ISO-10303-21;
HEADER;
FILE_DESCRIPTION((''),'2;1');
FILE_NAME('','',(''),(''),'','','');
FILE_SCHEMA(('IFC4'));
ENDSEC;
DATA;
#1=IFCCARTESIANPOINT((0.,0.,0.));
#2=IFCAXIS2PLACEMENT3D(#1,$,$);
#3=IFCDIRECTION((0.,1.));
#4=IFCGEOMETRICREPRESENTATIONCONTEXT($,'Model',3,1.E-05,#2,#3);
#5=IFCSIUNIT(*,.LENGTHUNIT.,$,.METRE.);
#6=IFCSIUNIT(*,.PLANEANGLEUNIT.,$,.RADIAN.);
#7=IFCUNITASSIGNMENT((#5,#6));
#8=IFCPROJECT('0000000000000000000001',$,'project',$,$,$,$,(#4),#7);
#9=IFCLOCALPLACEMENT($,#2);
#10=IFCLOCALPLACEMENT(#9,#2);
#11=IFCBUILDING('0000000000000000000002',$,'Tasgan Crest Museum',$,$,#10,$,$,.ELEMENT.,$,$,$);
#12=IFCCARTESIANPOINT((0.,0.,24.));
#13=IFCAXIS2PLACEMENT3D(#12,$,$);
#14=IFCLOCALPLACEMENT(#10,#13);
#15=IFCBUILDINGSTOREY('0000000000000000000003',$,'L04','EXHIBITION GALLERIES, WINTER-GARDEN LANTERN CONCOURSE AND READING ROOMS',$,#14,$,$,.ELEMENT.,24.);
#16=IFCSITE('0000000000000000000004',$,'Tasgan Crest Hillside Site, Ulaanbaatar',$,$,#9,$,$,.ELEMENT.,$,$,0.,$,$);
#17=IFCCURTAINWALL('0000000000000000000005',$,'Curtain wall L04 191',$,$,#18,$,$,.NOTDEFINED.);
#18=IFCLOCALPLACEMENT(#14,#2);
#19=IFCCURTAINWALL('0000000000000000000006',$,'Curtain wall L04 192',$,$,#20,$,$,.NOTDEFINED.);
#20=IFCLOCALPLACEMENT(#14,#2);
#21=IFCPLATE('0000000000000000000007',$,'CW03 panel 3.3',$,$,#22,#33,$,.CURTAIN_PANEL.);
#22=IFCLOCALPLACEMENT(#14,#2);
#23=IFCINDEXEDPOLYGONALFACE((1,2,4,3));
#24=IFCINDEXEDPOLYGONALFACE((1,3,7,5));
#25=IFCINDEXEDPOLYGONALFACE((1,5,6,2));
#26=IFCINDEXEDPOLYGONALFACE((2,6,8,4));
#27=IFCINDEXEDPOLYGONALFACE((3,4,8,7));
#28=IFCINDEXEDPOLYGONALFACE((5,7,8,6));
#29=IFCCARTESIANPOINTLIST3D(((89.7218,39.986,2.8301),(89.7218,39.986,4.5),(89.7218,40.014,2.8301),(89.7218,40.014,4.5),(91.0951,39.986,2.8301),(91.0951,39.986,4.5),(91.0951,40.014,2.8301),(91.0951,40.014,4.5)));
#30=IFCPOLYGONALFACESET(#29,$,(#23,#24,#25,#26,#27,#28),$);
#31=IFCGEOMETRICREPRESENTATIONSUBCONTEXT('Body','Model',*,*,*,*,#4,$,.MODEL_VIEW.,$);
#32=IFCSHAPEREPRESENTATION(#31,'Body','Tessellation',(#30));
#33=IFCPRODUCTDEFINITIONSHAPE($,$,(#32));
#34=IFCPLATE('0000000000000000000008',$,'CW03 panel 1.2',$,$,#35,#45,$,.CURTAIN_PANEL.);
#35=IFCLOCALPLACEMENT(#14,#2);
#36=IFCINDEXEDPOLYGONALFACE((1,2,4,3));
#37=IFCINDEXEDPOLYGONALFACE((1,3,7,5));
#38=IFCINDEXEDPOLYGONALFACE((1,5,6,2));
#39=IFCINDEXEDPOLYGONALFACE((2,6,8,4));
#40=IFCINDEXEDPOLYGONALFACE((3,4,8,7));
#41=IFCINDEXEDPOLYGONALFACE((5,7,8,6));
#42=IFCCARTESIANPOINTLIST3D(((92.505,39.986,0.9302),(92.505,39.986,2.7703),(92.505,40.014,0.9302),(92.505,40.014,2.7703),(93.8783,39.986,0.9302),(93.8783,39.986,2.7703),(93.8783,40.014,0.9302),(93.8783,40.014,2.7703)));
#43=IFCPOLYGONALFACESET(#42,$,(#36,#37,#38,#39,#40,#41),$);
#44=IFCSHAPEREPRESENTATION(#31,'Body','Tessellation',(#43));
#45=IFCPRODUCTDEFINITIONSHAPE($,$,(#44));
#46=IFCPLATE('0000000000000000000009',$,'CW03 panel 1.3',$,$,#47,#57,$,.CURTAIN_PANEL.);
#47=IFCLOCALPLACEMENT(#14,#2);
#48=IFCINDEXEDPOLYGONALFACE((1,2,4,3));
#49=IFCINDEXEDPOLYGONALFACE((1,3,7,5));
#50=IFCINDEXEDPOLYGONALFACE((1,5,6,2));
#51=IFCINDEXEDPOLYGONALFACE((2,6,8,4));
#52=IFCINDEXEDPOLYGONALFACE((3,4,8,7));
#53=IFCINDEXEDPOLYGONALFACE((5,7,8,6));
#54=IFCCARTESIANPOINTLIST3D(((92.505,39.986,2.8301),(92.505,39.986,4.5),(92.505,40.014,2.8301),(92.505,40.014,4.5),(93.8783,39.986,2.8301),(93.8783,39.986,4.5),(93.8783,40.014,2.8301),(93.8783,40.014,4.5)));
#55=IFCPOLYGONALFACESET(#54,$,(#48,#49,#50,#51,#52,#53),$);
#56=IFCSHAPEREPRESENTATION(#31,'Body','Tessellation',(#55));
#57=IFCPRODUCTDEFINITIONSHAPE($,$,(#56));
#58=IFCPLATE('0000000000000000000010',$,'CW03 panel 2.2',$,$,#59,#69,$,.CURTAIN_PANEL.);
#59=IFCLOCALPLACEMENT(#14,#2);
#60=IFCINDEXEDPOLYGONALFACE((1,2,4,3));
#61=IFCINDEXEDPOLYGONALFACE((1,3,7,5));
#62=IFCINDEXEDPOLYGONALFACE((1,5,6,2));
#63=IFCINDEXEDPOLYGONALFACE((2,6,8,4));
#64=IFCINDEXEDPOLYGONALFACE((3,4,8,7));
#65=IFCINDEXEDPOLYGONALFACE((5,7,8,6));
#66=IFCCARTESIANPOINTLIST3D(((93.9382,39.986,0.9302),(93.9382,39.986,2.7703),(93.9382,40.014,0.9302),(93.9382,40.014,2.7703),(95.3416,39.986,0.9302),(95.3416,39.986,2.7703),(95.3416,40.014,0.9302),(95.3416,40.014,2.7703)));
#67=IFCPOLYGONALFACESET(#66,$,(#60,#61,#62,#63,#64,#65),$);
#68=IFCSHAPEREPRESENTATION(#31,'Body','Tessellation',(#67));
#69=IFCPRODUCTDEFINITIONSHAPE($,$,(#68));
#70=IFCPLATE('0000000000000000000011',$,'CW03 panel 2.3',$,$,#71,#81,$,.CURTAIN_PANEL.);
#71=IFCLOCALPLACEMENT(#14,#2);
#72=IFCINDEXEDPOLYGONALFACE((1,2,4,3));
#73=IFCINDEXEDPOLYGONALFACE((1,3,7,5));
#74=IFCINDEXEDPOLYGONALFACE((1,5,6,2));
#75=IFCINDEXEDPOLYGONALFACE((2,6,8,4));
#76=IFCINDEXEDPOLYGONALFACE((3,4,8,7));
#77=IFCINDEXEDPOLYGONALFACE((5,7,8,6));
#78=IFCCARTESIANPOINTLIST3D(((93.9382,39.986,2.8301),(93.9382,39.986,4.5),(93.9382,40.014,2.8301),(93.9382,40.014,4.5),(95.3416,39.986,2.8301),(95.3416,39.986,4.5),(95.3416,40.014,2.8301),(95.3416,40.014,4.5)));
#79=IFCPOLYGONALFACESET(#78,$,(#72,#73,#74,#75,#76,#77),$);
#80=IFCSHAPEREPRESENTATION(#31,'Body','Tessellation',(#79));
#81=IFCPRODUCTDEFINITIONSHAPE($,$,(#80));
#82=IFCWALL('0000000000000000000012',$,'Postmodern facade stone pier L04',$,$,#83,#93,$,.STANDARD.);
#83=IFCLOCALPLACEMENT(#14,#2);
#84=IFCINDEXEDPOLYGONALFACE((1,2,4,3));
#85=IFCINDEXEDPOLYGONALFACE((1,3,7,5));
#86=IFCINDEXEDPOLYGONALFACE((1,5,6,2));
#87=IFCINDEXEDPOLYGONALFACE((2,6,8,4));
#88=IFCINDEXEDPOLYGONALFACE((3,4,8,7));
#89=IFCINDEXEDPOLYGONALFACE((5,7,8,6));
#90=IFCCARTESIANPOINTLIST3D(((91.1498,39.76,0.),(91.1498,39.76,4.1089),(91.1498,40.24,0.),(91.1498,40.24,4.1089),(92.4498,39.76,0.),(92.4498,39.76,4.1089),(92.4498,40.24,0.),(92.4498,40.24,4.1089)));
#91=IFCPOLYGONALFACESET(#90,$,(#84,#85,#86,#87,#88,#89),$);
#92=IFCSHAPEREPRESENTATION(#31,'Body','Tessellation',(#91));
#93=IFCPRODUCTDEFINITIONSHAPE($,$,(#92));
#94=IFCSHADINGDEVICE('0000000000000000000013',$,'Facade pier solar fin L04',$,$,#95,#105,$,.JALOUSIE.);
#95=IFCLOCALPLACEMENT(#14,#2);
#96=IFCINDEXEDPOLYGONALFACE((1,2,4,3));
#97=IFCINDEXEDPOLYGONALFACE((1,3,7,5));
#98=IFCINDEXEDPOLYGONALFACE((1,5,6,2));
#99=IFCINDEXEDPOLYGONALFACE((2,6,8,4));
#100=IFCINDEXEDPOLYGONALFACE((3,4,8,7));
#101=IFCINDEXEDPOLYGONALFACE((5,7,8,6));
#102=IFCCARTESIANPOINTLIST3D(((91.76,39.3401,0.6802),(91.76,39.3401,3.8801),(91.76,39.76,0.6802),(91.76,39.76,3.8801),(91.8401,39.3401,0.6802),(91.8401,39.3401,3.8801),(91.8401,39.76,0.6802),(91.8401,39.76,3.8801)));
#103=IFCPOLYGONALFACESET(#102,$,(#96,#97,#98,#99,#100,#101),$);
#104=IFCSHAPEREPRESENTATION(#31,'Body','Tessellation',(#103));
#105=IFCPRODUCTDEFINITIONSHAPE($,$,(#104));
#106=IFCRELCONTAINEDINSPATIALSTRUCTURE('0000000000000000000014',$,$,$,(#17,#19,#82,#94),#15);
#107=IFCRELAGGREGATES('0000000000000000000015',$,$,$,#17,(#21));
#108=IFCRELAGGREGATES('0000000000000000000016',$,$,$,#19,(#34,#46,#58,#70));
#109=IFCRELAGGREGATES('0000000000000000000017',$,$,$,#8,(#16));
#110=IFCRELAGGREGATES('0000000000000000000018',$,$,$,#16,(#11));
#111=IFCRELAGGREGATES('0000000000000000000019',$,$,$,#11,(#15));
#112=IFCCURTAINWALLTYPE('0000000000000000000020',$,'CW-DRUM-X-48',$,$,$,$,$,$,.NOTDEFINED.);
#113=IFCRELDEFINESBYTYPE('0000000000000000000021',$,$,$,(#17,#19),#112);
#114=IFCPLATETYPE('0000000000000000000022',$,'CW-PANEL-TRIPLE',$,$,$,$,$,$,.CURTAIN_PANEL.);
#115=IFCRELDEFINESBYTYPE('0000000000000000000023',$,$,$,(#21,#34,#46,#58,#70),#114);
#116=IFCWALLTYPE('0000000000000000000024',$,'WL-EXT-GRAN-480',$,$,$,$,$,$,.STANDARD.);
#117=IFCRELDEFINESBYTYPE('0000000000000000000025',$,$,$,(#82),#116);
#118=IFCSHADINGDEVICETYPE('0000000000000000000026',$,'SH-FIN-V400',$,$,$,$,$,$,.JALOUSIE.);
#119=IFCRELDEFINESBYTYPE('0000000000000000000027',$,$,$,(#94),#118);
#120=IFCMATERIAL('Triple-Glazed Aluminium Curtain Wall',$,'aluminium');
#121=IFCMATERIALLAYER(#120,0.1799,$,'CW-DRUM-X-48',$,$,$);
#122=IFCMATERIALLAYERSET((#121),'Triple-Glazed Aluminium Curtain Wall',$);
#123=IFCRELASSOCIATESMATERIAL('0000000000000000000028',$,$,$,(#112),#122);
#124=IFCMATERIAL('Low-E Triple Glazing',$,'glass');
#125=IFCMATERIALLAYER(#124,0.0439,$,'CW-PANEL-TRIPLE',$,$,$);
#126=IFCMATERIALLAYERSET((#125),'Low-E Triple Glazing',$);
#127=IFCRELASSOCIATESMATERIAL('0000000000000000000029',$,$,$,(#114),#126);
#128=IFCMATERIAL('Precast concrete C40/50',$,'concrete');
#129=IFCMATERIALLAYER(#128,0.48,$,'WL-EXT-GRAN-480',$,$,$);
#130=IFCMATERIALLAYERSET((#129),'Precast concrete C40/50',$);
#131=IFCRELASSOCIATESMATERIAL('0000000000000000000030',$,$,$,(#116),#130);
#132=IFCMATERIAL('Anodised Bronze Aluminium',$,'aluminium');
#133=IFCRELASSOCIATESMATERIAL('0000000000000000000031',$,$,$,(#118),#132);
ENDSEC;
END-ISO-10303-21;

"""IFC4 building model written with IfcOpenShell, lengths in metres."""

from ifc_helpers import new_model, si_unit, direction, frame, frame_2d, origin, origin_2d, place, context, subcontext, project, spatial, rectangle, extrude, material, layer, layer_set, type_object, element, aggregate, save


model = new_model("IFC4")

# Units and contexts
model_context = context("Model", 3, precision=1e-05, world=origin(), true_north=direction((0.0, 1.0)))
body_context = subcontext(model_context, "Body", "Model", "MODEL_VIEW")
ifc_project = project(units=[si_unit("LENGTHUNIT", "METRE"), si_unit("PLANEANGLEUNIT", "RADIAN")], contexts=[model_context])

# Site, building, storey
site_placement = place(None, origin())
site = spatial("IfcSite", under=ifc_project, at=site_placement, Name="Tasgan Crest Hillside Site, Ulaanbaatar", CompositionType="ELEMENT", RefElevation=0.0)
building_placement = place(site_placement, origin())
building = spatial("IfcBuilding", under=site, at=building_placement, Name="Tasgan Crest Museum", CompositionType="ELEMENT")
storey_placement = place(building_placement, frame((0.0, 0.0, 24.0)))
storey = spatial("IfcBuildingStorey", under=building, at=storey_placement, Name="L04", Description="EXHIBITION GALLERIES, WINTER-GARDEN LANTERN CONCOURSE AND READING ROOMS", CompositionType="ELEMENT", Elevation=24.0)

# Curtain wall
ifc_material_1 = material(Name="Triple-Glazed Aluminium Curtain Wall", Category="aluminium")
ifc_layer_1 = layer(ifc_material_1, 0.1799, Name="CW-DRUM-X-48")
ifc_layer_set_1 = layer_set([ifc_layer_1], Name="Triple-Glazed Aluminium Curtain Wall")
curtain_wall_type = type_object("IfcCurtainWallType", Name="CW-DRUM-X-48", PredefinedType="NOTDEFINED", material=ifc_layer_set_1)
curtain_wall_1_placement = place(storey_placement, origin())
curtain_wall_1 = element("IfcCurtainWall", 1, at=curtain_wall_1_placement, inside=storey, type_object=curtain_wall_type, Name="Curtain wall L04 191", PredefinedType="NOTDEFINED")

# Curtain wall
curtain_wall_2_placement = place(storey_placement, origin())
curtain_wall_2 = element("IfcCurtainWall", 2, at=curtain_wall_2_placement, inside=storey, type_object=curtain_wall_type, Name="Curtain wall L04 192", PredefinedType="NOTDEFINED")

# Plates
ifc_material_2 = material(Name="Low-E Triple Glazing", Category="glass")
ifc_layer_2 = layer(ifc_material_2, 0.0439, Name="CW-PANEL-TRIPLE")
ifc_layer_set_2 = layer_set([ifc_layer_2], Name="Low-E Triple Glazing")
plate_type_1 = type_object("IfcPlateType", Name="CW-PANEL-TRIPLE", PredefinedType="CURTAIN_PANEL", material=ifc_layer_set_2)
plate_1_placement = place(storey_placement, frame((90.4084, 40.0, 2.8301), z_axis=(0.0, 0.0, 1.0), x_axis=(1.0, 0.0, 0.0)))
plate_1 = element("IfcPlate", 3, at=plate_1_placement, type_object=plate_type_1, Name="CW03 panel 3.3", PredefinedType="CURTAIN_PANEL", context=body_context, shape_type="SweptSolid", body=[
    extrude(rectangle(XDim=1.3733, YDim=0.0281, at=origin_2d()), origin(), (0.0, 0.0, 1.0), 1.6699),
])
aggregate(curtain_wall_1, [plate_1])
plate_2_placement = place(storey_placement, frame((93.1917, 40.0, 0.9302), z_axis=(0.0, 0.0, 1.0), x_axis=(1.0, 0.0, 0.0)))
plate_2 = element("IfcPlate", 4, at=plate_2_placement, type_object=plate_type_1, Name="CW03 panel 1.2", PredefinedType="CURTAIN_PANEL", context=body_context, shape_type="SweptSolid", body=[
    extrude(rectangle(XDim=1.3733, YDim=0.0281, at=origin_2d()), origin(), (0.0, 0.0, 1.0), 1.8401),
])
plate_3_placement = place(storey_placement, frame((93.1917, 40.0, 2.8301), z_axis=(0.0, 0.0, 1.0), x_axis=(1.0, 0.0, 0.0)))
plate_3 = element("IfcPlate", 5, at=plate_3_placement, type_object=plate_type_1, Name="CW03 panel 1.3", PredefinedType="CURTAIN_PANEL", context=body_context, shape_type="SweptSolid", body=[
    extrude(rectangle(XDim=1.3733, YDim=0.0281, at=origin_2d()), origin(), (0.0, 0.0, 1.0), 1.6699),
])
plate_4_placement = place(storey_placement, frame((94.6399, 40.0, 0.9302), z_axis=(0.0, 0.0, 1.0), x_axis=(1.0, 0.0, 0.0)))
plate_4 = element("IfcPlate", 6, at=plate_4_placement, type_object=plate_type_1, Name="CW03 panel 2.2", PredefinedType="CURTAIN_PANEL", context=body_context, shape_type="SweptSolid", body=[
    extrude(rectangle(XDim=1.4033, YDim=0.0281, at=origin_2d()), origin(), (0.0, 0.0, 1.0), 1.8401),
])
plate_5_placement = place(storey_placement, frame((94.6399, 40.0, 2.8301), z_axis=(0.0, 0.0, 1.0), x_axis=(1.0, 0.0, 0.0)))
plate_5 = element("IfcPlate", 7, at=plate_5_placement, type_object=plate_type_1, Name="CW03 panel 2.3", PredefinedType="CURTAIN_PANEL", context=body_context, shape_type="SweptSolid", body=[
    extrude(rectangle(XDim=1.4033, YDim=0.0281, at=origin_2d()), origin(), (0.0, 0.0, 1.0), 1.6699),
])
aggregate(curtain_wall_2, [plate_2, plate_3, plate_4, plate_5])

# Wall
ifc_material_3 = material(Name="Precast concrete C40/50", Category="concrete")
ifc_layer_3 = layer(ifc_material_3, 0.48, Name="WL-EXT-GRAN-480")
ifc_layer_set_3 = layer_set([ifc_layer_3], Name="Precast concrete C40/50")
wall_type = type_object("IfcWallType", Name="WL-EXT-GRAN-480", PredefinedType="STANDARD", material=ifc_layer_set_3)
wall_placement = place(storey_placement, frame((91.1499, 40.0, 0.0), z_axis=(0.0, 0.0, 1.0), x_axis=(1.0, 0.0, 0.0)))
element("IfcWall", 8, at=wall_placement, inside=storey, type_object=wall_type, Name="Postmodern facade stone pier L04", PredefinedType="STANDARD", context=body_context, shape_type="SweptSolid", body=[
    extrude(rectangle(XDim=1.3, YDim=0.48, at=frame_2d((0.6499, 0.0))), origin(), (0.0, 0.0, 1.0), 4.1089),
])

# Shading device
ifc_material_4 = material(Name="Anodised Bronze Aluminium", Category="aluminium")
shading_device_type = type_object("IfcShadingDeviceType", Name="SH-FIN-V400", PredefinedType="JALOUSIE", material=ifc_material_4)
shading_device_placement = place(storey_placement, frame((91.8, 39.55, 0.6802), z_axis=(0.0, 0.0, 1.0), x_axis=(1.0, 0.0, 0.0)))
element("IfcShadingDevice", 9, at=shading_device_placement, inside=storey, type_object=shading_device_type, Name="Facade pier solar fin L04", PredefinedType="JALOUSIE", context=body_context, shape_type="SweptSolid", body=[
    extrude(rectangle(XDim=0.0801, YDim=0.4199, at=origin_2d()), origin(), (0.0, 0.0, 1.0), 3.2),
])

save(model, "model.ifc")
